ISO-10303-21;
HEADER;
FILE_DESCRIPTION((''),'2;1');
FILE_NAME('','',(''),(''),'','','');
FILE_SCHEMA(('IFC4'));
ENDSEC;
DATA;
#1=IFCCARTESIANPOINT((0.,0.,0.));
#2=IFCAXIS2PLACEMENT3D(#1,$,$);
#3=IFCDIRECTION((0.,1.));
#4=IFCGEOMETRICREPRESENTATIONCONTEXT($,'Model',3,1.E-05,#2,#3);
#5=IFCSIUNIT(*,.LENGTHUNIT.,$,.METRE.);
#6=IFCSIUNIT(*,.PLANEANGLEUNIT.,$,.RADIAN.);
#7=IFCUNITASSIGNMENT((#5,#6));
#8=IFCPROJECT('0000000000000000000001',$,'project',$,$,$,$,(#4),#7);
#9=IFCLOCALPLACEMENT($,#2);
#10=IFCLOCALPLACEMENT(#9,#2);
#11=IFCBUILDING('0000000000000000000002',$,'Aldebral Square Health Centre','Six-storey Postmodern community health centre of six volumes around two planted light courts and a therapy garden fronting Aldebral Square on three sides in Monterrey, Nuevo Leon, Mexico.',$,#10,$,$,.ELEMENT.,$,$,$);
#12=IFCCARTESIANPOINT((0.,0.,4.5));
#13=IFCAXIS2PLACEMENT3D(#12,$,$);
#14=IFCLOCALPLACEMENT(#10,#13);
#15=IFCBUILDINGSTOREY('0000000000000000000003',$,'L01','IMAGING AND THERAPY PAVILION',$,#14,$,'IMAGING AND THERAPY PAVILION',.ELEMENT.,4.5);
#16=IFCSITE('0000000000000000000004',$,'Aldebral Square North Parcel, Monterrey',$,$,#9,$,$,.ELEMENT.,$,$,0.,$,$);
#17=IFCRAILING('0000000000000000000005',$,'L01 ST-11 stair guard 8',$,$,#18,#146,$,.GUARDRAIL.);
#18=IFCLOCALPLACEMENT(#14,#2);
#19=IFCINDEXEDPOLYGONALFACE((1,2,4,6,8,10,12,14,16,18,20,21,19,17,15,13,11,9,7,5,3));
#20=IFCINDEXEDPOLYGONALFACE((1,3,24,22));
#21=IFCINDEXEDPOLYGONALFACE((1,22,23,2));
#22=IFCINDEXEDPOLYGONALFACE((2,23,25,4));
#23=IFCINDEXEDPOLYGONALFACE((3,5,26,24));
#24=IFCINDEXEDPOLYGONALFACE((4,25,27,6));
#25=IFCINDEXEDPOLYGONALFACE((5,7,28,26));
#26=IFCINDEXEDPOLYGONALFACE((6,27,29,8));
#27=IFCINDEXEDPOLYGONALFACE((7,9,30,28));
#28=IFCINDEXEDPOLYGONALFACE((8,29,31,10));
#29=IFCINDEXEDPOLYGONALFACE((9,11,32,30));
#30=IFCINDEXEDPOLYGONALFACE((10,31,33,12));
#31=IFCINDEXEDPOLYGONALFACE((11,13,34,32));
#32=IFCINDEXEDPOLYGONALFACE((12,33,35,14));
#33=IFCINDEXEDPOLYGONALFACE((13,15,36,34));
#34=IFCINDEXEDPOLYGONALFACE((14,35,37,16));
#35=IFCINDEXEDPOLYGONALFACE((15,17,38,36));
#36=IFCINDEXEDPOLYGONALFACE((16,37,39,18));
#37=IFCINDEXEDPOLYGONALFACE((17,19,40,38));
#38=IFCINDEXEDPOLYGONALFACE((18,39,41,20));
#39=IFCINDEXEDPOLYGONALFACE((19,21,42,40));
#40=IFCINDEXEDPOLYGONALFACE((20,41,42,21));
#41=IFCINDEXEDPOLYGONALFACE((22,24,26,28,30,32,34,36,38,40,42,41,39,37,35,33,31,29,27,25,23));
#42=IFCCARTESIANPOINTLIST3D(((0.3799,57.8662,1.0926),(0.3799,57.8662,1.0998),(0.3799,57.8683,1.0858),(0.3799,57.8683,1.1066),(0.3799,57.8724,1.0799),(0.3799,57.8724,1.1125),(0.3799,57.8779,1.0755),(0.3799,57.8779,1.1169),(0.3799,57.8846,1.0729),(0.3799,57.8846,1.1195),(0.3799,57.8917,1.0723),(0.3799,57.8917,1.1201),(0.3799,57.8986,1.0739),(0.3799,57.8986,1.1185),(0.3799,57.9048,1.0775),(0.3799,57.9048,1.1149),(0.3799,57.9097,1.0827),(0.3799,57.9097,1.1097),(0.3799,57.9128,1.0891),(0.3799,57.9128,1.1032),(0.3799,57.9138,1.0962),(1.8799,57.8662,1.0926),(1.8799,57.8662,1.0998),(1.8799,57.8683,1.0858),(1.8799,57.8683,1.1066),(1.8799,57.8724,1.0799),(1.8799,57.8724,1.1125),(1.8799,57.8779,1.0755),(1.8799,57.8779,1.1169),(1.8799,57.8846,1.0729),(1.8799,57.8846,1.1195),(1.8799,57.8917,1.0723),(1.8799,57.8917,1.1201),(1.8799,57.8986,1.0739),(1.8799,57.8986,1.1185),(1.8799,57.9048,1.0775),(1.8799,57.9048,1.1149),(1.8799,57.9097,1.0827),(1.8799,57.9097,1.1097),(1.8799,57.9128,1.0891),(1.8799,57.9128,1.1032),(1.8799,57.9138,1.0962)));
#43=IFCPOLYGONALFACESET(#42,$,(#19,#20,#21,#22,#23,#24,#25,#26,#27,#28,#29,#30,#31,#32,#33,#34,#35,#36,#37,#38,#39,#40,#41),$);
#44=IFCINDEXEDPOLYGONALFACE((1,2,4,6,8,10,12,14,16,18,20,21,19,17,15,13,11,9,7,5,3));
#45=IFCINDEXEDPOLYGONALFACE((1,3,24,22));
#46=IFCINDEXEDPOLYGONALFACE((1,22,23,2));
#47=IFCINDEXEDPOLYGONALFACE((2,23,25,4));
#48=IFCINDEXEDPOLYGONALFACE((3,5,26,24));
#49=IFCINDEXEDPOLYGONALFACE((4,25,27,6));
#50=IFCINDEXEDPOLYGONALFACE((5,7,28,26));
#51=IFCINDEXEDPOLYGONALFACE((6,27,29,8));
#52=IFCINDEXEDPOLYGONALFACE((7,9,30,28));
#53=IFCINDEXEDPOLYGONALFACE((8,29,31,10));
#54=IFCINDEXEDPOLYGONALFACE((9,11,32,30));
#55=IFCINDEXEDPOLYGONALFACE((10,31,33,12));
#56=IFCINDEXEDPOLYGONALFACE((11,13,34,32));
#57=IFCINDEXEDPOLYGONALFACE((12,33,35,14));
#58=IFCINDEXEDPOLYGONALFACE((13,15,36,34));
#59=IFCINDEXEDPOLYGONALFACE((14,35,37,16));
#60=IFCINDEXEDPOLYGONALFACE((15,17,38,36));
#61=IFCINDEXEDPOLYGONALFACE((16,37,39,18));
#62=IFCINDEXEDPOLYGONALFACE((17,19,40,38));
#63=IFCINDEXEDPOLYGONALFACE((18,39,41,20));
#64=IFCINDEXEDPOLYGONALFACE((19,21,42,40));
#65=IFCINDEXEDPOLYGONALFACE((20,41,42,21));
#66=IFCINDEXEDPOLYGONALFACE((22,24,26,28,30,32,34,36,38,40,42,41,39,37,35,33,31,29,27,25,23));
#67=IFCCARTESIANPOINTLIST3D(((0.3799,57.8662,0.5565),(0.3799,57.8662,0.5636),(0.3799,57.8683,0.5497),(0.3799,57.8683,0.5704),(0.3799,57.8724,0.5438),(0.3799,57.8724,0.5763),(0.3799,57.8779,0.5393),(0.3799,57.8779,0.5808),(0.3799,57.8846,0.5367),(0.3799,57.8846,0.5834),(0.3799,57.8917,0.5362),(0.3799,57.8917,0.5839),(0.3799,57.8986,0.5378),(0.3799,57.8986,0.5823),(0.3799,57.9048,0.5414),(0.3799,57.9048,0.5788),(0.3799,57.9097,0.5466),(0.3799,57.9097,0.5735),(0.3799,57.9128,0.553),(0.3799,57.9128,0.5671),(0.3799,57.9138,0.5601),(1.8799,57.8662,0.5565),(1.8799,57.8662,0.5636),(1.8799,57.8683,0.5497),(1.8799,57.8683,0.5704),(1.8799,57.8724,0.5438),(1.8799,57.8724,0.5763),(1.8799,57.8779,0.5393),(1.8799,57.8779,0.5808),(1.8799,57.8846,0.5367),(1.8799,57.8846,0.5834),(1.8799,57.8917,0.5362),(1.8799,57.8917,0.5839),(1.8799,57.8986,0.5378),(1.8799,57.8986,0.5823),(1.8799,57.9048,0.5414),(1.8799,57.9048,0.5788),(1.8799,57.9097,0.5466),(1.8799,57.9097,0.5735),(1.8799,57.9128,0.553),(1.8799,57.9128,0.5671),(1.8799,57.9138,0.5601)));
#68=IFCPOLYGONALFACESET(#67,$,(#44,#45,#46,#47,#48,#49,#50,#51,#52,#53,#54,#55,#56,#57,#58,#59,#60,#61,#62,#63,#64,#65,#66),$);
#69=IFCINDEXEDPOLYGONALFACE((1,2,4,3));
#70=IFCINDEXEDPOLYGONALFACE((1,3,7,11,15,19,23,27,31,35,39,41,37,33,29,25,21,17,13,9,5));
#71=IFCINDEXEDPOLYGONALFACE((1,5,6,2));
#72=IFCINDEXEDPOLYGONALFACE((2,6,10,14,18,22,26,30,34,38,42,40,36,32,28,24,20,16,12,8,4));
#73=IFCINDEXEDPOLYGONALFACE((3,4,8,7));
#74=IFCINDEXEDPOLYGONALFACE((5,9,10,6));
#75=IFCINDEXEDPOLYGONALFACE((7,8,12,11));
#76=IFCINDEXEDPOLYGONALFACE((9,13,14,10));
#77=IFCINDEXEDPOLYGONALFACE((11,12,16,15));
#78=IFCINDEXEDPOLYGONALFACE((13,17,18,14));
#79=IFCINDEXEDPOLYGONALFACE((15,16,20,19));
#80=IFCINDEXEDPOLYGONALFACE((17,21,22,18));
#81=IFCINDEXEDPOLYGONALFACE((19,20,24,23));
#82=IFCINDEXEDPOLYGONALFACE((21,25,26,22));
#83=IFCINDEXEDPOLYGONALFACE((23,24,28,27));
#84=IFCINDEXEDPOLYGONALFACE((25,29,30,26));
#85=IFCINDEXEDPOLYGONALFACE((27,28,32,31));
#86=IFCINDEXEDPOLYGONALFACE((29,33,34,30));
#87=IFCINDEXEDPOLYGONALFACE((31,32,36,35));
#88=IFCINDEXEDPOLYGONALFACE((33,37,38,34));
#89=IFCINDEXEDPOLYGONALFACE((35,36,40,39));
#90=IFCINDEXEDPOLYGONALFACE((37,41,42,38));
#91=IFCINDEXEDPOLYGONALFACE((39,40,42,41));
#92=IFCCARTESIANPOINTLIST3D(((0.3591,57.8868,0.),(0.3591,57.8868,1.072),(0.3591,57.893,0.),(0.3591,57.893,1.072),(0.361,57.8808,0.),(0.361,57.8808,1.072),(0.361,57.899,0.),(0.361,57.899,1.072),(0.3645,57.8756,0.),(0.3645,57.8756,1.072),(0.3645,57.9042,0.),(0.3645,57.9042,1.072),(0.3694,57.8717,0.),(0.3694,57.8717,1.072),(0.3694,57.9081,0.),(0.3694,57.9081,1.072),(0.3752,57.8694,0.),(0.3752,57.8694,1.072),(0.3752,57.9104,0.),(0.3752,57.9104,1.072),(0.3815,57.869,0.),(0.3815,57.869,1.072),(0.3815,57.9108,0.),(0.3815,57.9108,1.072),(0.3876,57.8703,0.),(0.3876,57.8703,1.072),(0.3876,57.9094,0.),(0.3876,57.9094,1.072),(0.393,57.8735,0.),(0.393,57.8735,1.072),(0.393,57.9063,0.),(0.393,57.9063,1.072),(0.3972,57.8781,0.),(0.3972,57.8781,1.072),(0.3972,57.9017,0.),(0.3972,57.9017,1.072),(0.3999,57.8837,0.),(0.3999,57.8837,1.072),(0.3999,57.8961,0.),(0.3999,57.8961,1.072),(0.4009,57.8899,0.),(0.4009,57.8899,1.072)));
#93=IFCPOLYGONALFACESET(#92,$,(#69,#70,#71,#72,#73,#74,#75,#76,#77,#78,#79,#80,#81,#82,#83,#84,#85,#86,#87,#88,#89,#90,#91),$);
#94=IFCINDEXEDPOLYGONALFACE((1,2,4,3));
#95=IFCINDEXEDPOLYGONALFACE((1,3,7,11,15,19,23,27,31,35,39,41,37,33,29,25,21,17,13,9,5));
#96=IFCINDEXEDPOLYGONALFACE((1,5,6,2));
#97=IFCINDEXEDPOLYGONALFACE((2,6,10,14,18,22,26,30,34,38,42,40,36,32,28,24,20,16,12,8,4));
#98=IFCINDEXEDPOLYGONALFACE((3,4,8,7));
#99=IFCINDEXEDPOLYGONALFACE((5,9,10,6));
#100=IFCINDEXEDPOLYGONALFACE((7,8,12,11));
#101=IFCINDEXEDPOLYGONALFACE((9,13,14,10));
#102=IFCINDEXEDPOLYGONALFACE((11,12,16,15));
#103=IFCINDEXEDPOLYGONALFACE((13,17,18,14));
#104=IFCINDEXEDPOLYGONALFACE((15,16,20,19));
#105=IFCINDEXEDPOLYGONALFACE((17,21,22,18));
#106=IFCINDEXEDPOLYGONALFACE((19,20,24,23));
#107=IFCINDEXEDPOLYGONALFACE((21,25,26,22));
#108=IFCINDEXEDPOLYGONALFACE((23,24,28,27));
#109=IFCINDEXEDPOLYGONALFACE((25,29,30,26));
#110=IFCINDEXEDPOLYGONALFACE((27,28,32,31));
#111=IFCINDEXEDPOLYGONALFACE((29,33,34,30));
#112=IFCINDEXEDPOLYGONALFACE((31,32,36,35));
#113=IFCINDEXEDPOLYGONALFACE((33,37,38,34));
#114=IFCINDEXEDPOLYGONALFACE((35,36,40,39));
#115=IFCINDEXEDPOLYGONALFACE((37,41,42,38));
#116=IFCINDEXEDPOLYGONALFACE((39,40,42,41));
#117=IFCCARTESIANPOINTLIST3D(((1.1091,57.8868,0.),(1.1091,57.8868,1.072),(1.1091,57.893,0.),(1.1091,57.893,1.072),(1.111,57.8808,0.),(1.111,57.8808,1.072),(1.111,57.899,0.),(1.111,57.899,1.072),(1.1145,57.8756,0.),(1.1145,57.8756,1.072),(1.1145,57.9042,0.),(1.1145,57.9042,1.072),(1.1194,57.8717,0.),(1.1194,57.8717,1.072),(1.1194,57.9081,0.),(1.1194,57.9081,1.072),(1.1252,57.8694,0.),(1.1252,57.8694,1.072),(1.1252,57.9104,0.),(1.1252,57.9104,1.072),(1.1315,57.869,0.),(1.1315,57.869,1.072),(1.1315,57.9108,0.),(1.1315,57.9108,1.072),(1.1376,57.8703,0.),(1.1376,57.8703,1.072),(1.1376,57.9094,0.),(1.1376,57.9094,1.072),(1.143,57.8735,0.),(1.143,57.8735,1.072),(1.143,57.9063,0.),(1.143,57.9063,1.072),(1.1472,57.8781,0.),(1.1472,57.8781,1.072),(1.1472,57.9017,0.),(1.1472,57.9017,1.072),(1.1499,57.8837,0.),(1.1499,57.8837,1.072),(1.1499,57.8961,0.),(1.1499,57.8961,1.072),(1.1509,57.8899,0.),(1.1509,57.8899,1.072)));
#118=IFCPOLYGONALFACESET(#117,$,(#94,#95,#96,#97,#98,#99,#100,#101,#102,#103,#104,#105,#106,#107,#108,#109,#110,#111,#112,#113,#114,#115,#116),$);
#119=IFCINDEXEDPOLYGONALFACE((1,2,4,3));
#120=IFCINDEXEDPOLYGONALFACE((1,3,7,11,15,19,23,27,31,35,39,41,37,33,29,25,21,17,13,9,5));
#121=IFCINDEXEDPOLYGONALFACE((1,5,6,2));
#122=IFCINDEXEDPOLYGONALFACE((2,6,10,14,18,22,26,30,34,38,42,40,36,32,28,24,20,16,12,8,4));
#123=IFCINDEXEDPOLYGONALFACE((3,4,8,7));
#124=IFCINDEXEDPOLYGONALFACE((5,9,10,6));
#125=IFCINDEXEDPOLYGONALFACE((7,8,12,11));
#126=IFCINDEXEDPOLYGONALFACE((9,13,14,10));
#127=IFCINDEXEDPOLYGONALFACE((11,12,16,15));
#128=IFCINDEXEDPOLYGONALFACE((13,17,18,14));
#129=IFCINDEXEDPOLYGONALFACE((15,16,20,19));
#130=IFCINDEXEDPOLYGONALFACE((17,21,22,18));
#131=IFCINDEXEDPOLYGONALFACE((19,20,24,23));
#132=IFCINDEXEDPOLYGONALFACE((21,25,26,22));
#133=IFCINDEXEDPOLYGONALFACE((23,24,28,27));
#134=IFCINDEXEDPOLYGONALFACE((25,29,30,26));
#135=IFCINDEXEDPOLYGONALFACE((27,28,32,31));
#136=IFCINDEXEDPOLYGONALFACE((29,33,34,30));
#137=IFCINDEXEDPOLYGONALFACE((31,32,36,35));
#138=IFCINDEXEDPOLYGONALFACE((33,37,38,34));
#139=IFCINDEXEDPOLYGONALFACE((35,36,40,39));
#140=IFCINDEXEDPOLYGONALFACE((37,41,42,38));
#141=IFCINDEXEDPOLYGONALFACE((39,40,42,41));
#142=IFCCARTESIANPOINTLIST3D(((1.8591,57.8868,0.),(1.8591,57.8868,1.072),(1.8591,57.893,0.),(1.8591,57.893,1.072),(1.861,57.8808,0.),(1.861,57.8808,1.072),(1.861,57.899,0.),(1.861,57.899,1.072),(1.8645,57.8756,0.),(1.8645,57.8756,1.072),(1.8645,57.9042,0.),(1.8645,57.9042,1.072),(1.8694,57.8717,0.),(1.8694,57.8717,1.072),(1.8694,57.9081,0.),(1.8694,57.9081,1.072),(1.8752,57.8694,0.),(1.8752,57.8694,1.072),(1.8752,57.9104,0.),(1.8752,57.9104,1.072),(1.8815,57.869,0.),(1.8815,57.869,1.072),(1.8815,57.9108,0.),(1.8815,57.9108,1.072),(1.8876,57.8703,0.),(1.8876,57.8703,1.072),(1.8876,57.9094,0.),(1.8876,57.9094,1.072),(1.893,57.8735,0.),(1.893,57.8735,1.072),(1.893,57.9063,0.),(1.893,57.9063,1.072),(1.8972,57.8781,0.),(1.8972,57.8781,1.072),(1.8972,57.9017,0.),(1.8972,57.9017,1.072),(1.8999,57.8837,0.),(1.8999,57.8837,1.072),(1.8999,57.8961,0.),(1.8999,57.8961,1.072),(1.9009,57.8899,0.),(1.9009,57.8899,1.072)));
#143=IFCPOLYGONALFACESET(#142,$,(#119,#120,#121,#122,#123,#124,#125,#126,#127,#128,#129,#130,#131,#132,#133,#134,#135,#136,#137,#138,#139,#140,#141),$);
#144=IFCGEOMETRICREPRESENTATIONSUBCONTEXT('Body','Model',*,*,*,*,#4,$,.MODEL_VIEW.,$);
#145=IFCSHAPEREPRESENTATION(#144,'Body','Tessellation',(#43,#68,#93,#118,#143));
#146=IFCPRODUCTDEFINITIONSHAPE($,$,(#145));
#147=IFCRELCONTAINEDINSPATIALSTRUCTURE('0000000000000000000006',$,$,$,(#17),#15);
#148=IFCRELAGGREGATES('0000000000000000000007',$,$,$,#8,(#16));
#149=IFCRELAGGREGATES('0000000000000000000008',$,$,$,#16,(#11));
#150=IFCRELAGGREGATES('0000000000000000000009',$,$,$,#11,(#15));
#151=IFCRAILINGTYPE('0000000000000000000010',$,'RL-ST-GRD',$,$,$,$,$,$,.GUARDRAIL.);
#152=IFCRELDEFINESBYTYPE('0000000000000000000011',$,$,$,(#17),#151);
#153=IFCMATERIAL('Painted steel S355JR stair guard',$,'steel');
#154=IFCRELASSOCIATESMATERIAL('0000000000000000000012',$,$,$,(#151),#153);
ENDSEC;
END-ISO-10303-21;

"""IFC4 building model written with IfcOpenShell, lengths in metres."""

from ifc_helpers import new_model, si_unit, direction, frame, origin, origin_2d, place, context, subcontext, project, spatial, circle, extrude, material, type_object, element, save


model = new_model("IFC4")

# Units and contexts
model_context = context("Model", 3, precision=1e-05, world=origin(), true_north=direction((0.0, 1.0)))
body_context = subcontext(model_context, "Body", "Model", "MODEL_VIEW")
ifc_project = project(units=[si_unit("LENGTHUNIT", "METRE"), si_unit("PLANEANGLEUNIT", "RADIAN")], contexts=[model_context])

# Site, building, storey
site_placement = place(None, origin())
site = spatial("IfcSite", under=ifc_project, at=site_placement, Name="Aldebral Square North Parcel, Monterrey", CompositionType="ELEMENT", RefElevation=0.0)
building_placement = place(site_placement, origin())
building = spatial("IfcBuilding", under=site, at=building_placement, Name="Aldebral Square Health Centre", Description="Six-storey Postmodern community health centre of six volumes around two planted light courts and a therapy garden fronting Aldebral Square on three sides in Monterrey, Nuevo Leon, Mexico.", CompositionType="ELEMENT")
storey_placement = place(building_placement, frame((0.0, 0.0, 4.5)))
storey = spatial("IfcBuildingStorey", under=building, at=storey_placement, Name="L01", Description="IMAGING AND THERAPY PAVILION", LongName="IMAGING AND THERAPY PAVILION", CompositionType="ELEMENT", Elevation=4.5)

# Railing
ifc_material_1 = material(Name="Painted steel S355JR stair guard", Category="steel")
railing_type_1 = type_object("IfcRailingType", Name="RL-ST-GRD", PredefinedType="GUARDRAIL", material=ifc_material_1)
railing_1_placement = place(storey_placement, frame((0.3799, 57.8899, 0.0)))
element("IfcRailing", 1, at=railing_1_placement, inside=storey, type_object=railing_type_1, Name="L01 ST-11 stair guard 8", PredefinedType="GUARDRAIL", context=body_context, shape_type="SweptSolid", body=[
    extrude(circle(Radius=0.0239, at=origin_2d()), frame((0.0, 0.0, 1.0962), z_axis=(1.0, 0.0, 0.0), x_axis=(0.0, 1.0, 0.0)), (0.0, 0.0, 1.0), 1.5),
    extrude(circle(Radius=0.0239, at=origin_2d()), frame((0.0, 0.0, 0.5601), z_axis=(1.0, 0.0, 0.0), x_axis=(0.0, 1.0, 0.0)), (0.0, 0.0, 1.0), 1.5),
    extrude(circle(Radius=0.021, at=origin_2d()), origin(), (0.0, 0.0, 1.0), 1.072),
    extrude(circle(Radius=0.021, at=origin_2d()), frame((0.75, 0.0, 0.0)), (0.0, 0.0, 1.0), 1.072),
    extrude(circle(Radius=0.021, at=origin_2d()), frame((1.5, 0.0, 0.0)), (0.0, 0.0, 1.0), 1.072),
])

save(model, "model.ifc")
